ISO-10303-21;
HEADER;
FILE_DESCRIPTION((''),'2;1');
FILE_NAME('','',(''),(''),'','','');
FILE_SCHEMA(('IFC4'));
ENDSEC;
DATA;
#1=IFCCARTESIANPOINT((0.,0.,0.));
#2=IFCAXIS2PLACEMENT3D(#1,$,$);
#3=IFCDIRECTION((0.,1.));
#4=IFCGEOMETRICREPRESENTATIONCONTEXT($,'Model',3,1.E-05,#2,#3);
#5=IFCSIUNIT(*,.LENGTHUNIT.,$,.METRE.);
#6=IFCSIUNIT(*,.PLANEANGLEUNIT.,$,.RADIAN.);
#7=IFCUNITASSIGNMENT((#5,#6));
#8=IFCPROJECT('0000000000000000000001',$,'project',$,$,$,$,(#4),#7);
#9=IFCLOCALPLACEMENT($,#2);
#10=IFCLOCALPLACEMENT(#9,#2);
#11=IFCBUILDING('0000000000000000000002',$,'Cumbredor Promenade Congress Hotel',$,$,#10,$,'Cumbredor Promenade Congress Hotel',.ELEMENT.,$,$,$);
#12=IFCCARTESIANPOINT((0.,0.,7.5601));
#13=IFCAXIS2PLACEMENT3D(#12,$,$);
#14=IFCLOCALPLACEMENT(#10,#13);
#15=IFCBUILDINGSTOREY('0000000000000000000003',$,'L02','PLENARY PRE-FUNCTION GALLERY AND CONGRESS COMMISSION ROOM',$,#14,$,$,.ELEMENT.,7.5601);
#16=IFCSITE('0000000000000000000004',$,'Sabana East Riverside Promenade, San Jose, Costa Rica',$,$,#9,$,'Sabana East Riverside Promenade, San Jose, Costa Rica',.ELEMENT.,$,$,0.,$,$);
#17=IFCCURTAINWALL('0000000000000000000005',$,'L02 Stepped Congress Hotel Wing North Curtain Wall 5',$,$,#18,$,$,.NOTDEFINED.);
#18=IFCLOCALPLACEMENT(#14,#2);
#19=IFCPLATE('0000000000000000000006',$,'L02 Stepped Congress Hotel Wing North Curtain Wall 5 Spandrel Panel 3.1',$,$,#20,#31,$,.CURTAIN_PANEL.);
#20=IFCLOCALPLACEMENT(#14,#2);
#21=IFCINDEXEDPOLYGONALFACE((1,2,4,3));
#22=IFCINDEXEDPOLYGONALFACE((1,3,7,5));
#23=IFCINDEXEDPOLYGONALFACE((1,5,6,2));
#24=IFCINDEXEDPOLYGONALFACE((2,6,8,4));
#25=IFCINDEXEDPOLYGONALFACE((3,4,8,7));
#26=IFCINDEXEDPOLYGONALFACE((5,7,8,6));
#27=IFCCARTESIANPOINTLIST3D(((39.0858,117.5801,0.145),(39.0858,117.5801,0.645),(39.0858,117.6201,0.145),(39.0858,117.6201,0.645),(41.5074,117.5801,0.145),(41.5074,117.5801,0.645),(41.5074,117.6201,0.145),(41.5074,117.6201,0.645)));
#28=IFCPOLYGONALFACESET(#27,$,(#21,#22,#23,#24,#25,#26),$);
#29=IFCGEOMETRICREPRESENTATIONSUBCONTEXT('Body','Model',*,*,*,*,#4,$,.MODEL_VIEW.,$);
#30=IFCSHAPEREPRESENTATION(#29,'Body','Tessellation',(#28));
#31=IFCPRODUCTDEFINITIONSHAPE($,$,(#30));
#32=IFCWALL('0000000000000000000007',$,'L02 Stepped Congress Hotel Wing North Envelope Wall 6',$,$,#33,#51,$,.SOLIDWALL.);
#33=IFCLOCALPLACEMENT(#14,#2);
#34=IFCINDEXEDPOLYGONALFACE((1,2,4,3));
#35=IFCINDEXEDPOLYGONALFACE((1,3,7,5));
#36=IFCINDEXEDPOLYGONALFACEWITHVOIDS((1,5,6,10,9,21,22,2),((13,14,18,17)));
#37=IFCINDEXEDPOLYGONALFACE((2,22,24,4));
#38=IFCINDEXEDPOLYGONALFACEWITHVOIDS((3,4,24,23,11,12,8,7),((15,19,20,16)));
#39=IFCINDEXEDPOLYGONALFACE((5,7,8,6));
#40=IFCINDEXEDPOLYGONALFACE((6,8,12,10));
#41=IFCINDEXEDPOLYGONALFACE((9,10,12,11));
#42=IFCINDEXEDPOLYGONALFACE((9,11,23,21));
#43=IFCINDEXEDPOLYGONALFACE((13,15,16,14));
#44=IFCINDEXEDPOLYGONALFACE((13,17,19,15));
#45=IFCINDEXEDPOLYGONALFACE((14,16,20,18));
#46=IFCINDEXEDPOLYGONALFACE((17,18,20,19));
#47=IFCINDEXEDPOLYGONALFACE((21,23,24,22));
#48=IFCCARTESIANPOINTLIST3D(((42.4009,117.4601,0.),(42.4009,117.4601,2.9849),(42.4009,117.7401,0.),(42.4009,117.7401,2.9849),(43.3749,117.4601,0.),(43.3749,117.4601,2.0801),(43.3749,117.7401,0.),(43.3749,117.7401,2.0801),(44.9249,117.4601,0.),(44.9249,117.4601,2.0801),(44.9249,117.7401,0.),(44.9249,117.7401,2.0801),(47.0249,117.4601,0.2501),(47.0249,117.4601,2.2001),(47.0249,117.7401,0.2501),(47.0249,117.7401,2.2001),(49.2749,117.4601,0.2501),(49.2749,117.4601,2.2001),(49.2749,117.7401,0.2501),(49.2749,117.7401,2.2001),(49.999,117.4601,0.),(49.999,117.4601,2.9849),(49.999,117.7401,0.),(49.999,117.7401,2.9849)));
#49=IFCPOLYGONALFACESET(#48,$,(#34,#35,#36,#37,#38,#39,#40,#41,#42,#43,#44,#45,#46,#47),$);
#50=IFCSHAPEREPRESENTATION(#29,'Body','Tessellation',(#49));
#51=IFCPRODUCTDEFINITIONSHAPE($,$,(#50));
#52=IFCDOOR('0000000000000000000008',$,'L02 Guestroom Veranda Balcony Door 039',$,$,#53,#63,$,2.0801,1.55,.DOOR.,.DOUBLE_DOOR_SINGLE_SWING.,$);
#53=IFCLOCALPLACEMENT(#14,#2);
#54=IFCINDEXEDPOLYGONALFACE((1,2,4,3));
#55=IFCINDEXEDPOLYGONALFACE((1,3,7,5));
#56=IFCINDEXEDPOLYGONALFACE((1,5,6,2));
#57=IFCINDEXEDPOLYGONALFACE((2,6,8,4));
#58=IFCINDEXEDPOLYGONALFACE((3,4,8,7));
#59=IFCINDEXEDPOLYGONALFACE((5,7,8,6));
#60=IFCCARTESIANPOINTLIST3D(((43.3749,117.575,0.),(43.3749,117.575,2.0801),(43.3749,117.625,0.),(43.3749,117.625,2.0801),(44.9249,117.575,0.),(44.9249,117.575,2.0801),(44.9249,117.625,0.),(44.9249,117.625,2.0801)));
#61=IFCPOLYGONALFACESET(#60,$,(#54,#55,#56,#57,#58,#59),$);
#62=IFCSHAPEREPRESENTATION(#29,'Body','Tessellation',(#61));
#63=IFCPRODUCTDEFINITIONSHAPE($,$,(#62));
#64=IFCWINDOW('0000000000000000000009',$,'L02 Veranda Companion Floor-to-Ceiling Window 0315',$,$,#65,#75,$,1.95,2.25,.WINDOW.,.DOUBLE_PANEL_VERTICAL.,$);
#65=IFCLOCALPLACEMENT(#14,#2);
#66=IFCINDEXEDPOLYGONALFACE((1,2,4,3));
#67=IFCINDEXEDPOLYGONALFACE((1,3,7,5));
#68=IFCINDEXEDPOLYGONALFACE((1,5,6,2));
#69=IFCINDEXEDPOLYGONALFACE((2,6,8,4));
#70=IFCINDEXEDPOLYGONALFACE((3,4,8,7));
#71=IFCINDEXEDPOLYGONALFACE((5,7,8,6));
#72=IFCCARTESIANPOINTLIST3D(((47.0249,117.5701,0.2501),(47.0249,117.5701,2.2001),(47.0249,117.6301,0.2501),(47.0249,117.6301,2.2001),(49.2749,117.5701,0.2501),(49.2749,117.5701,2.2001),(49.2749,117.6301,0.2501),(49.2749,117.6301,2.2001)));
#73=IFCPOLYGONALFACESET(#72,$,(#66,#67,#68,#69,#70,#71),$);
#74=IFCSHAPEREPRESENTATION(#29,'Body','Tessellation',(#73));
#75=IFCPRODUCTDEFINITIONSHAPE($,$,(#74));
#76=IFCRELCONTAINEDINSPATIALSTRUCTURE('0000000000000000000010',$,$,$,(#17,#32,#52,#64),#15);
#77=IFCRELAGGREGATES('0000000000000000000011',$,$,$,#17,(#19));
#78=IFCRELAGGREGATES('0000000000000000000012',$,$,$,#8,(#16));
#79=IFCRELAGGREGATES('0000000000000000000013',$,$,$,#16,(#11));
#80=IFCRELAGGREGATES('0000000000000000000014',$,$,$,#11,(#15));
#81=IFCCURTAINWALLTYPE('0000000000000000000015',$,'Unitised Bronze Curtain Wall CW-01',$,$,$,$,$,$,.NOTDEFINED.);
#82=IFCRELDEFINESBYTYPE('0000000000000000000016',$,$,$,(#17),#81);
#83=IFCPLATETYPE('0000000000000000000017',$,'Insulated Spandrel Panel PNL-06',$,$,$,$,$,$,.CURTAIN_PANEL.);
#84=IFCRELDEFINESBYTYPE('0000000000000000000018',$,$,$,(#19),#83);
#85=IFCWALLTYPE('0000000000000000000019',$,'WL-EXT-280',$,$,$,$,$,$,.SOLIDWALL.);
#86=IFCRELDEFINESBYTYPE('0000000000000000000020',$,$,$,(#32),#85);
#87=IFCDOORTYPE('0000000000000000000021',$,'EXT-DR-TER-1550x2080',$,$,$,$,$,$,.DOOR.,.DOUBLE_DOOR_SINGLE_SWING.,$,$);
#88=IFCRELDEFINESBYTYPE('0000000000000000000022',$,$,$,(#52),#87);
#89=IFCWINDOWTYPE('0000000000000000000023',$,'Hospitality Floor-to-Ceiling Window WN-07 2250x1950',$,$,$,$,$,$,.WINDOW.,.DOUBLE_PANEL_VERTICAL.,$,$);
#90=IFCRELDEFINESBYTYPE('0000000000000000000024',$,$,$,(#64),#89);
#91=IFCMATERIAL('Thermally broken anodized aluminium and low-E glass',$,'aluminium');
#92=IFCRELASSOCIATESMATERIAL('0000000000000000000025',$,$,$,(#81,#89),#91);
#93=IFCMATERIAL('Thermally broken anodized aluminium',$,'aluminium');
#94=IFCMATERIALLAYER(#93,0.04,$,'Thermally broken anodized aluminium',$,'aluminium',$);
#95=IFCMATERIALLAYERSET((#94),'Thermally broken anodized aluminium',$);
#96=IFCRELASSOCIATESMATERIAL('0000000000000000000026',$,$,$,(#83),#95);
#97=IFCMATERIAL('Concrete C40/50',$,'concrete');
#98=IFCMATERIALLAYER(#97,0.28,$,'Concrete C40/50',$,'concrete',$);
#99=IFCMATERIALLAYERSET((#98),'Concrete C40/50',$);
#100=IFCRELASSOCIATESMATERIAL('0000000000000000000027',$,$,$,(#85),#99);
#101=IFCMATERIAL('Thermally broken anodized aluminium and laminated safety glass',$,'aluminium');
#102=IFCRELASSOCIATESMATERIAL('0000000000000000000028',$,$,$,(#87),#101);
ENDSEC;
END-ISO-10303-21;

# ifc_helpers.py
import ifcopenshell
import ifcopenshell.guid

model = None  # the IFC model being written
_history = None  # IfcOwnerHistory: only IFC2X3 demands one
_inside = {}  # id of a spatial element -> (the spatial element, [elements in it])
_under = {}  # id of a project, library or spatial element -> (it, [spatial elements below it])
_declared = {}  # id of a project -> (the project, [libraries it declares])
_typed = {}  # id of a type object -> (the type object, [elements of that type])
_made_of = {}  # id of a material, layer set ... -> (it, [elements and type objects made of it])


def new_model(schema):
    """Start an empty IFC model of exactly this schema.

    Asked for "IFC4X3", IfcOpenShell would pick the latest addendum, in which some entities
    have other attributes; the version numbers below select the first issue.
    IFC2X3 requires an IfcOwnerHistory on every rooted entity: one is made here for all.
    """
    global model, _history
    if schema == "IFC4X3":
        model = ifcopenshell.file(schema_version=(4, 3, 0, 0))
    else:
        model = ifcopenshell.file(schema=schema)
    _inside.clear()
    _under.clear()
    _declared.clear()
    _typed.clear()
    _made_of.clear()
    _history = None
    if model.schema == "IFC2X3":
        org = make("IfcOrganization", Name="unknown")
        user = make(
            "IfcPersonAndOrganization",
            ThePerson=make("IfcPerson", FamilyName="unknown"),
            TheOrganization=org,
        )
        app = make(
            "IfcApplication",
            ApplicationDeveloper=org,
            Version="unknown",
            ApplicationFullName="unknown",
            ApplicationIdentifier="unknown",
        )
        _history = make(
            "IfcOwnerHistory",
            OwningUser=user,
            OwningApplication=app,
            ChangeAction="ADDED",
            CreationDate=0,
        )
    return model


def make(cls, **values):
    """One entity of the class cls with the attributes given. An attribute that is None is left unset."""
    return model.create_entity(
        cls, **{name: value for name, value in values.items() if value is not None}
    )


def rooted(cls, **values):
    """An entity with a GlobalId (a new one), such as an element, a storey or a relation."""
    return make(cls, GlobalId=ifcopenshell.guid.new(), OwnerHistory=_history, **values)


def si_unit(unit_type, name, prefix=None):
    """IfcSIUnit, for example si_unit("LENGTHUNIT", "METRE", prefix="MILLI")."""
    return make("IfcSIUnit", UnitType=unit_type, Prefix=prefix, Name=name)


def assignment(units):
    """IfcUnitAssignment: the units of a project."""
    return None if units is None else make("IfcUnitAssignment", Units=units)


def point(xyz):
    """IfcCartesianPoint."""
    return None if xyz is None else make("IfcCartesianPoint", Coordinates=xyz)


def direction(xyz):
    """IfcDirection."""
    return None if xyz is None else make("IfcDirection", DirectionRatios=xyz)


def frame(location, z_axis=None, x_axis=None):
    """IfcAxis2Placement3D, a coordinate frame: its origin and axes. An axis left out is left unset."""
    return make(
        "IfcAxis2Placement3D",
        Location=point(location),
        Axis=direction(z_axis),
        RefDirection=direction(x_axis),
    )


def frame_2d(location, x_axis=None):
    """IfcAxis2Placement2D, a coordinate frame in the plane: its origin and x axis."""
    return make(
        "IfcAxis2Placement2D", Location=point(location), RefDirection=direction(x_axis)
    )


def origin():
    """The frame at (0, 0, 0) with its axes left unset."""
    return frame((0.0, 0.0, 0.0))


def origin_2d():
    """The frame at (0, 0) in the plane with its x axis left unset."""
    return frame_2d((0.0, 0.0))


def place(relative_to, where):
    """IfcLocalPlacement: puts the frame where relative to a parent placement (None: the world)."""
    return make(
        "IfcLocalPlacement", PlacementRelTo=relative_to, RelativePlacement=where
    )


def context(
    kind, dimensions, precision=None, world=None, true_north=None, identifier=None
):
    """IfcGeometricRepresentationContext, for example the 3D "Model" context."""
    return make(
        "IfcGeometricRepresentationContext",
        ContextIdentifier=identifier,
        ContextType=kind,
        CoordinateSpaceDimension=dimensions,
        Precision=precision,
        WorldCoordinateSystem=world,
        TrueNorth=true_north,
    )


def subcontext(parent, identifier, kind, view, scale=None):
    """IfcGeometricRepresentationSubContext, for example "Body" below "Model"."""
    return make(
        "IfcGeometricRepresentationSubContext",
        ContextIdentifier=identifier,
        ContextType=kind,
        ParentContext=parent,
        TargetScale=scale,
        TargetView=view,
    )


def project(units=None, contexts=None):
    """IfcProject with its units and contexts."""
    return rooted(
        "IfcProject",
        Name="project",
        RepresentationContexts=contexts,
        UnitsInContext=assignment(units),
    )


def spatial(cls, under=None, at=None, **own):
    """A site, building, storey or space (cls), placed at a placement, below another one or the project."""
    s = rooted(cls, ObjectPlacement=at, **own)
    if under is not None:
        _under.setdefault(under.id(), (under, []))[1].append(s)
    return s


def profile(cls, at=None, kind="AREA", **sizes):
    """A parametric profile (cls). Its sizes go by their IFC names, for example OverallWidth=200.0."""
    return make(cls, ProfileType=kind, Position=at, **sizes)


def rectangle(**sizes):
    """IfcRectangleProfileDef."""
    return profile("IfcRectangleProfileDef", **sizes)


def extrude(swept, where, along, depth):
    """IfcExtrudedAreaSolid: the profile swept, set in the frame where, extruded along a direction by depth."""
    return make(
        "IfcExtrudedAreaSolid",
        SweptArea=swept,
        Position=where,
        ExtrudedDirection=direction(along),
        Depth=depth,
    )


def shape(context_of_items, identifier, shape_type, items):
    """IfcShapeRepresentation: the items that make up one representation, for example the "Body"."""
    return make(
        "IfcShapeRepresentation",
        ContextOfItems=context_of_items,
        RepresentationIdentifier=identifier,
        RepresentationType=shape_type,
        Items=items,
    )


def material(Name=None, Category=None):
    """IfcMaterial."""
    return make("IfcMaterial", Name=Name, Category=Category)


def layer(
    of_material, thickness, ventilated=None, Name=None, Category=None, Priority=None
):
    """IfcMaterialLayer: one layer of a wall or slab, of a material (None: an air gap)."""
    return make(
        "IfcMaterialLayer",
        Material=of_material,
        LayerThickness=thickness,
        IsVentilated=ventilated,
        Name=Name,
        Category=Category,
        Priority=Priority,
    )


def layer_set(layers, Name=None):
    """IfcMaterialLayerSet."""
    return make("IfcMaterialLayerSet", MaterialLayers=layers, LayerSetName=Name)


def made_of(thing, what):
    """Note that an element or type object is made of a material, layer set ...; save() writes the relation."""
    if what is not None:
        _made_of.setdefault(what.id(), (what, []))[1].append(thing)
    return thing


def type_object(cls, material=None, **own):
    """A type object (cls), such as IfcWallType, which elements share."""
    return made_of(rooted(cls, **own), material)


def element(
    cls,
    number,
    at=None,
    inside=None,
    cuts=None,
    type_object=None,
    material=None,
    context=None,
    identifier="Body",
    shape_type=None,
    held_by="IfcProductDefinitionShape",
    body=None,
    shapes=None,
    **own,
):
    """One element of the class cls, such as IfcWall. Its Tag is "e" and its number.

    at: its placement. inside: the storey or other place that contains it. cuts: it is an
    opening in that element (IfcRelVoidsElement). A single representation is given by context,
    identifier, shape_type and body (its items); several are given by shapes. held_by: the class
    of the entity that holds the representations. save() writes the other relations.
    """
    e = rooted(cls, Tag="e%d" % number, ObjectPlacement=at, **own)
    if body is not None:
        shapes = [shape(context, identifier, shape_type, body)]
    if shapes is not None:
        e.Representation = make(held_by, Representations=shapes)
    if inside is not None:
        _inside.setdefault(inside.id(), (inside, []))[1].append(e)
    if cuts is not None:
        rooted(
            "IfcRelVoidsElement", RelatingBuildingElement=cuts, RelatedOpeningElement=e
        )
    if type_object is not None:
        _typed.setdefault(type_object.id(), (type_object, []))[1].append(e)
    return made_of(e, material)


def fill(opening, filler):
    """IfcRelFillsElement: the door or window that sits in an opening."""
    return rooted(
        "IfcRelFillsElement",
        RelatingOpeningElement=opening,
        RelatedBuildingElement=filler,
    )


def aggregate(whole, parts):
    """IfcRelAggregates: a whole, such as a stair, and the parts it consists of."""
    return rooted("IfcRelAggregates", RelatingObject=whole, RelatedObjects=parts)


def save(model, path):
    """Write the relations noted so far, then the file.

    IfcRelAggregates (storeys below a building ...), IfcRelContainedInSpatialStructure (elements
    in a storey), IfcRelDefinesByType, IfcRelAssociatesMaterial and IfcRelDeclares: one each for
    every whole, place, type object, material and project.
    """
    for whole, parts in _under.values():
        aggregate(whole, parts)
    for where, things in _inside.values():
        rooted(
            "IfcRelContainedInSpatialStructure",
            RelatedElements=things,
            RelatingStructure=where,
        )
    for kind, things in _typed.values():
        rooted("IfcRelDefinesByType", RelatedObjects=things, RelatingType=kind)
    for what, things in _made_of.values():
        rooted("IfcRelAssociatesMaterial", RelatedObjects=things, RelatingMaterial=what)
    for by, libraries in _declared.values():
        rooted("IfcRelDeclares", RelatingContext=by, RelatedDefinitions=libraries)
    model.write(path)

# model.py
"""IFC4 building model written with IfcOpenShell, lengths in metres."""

from ifc_helpers import new_model, si_unit, direction, frame, frame_2d, origin, origin_2d, place, context, subcontext, project, spatial, rectangle, extrude, material, layer, layer_set, type_object, element, fill, aggregate, save


model = new_model("IFC4")

# Units and contexts
model_context = context("Model", 3, precision=1e-05, world=origin(), true_north=direction((0.0, 1.0)))
body_context = subcontext(model_context, "Body", "Model", "MODEL_VIEW")
ifc_project = project(units=[si_unit("LENGTHUNIT", "METRE"), si_unit("PLANEANGLEUNIT", "RADIAN")], contexts=[model_context])

# Site, building, storey
site_placement = place(None, origin())
site = spatial("IfcSite", under=ifc_project, at=site_placement, Name="Sabana East Riverside Promenade, San Jose, Costa Rica", LongName="Sabana East Riverside Promenade, San Jose, Costa Rica", CompositionType="ELEMENT", RefElevation=0.0)
building_placement = place(site_placement, origin())
building = spatial("IfcBuilding", under=site, at=building_placement, Name="Cumbredor Promenade Congress Hotel", LongName="Cumbredor Promenade Congress Hotel", CompositionType="ELEMENT")
storey_placement = place(building_placement, frame((0.0, 0.0, 7.5601)))
storey = spatial("IfcBuildingStorey", under=building, at=storey_placement, Name="L02", Description="PLENARY PRE-FUNCTION GALLERY AND CONGRESS COMMISSION ROOM", CompositionType="ELEMENT", Elevation=7.5601)

# Curtain wall
ifc_material_1 = material(Name="Thermally broken anodized aluminium and low-E glass", Category="aluminium")
curtain_wall_type = type_object("IfcCurtainWallType", Name="Unitised Bronze Curtain Wall CW-01", PredefinedType="NOTDEFINED", material=ifc_material_1)
curtain_wall_placement = place(storey_placement, origin())
curtain_wall = element("IfcCurtainWall", 1, at=curtain_wall_placement, inside=storey, type_object=curtain_wall_type, Name="L02 Stepped Congress Hotel Wing North Curtain Wall 5", PredefinedType="NOTDEFINED")
ifc_material_2 = material(Name="Thermally broken anodized aluminium", Category="aluminium")

# Shared definitions
ifc_material_3 = material(Name="Concrete C40/50", Category="concrete")

# Plate
ifc_layer_1 = layer(ifc_material_2, 0.04, Name="Thermally broken anodized aluminium", Category="aluminium")
ifc_layer_set_1 = layer_set([ifc_layer_1], Name="Thermally broken anodized aluminium")
plate_type_1 = type_object("IfcPlateType", Name="Insulated Spandrel Panel PNL-06", PredefinedType="CURTAIN_PANEL", material=ifc_layer_set_1)
plate_1_placement = place(storey_placement, frame((40.2966, 117.6001, 0.145), z_axis=(0.0, 0.0, 1.0), x_axis=(1.0, 0.0, 0.0)))
plate_1 = element("IfcPlate", 2, at=plate_1_placement, type_object=plate_type_1, Name="L02 Stepped Congress Hotel Wing North Curtain Wall 5 Spandrel Panel 3.1", PredefinedType="CURTAIN_PANEL", context=body_context, shape_type="SweptSolid", body=[
    extrude(rectangle(XDim=2.4216, YDim=0.04, at=origin_2d()), origin(), (0.0, 0.0, 1.0), 0.5),
])
aggregate(curtain_wall, [plate_1])

# Wall, openings, door, window
ifc_layer_2 = layer(ifc_material_3, 0.28, Name="Concrete C40/50", Category="concrete")
ifc_layer_set_2 = layer_set([ifc_layer_2], Name="Concrete C40/50")
wall_type = type_object("IfcWallType", Name="WL-EXT-280", PredefinedType="SOLIDWALL", material=ifc_layer_set_2)
wall_placement = place(storey_placement, frame((42.4009, 117.6001, 0.0), z_axis=(0.0, 0.0, 1.0), x_axis=(1.0, 0.0, 0.0)))
wall = element("IfcWall", 3, at=wall_placement, inside=storey, type_object=wall_type, Name="L02 Stepped Congress Hotel Wing North Envelope Wall 6", PredefinedType="SOLIDWALL", context=body_context, shape_type="SweptSolid", body=[
    extrude(rectangle(XDim=7.5981, YDim=0.28, at=frame_2d((3.7991, 0.0))), origin(), (0.0, 0.0, 1.0), 2.9849),
])
opening_1_placement = place(wall_placement, frame((0.9741, 0.0, 0.0)))
opening_1 = element("IfcOpeningElement", 4, at=opening_1_placement, cuts=wall, PredefinedType="OPENING", context=body_context, shape_type="SweptSolid", body=[
    extrude(rectangle(XDim=1.55, YDim=2.0801, at=frame_2d((0.7749, 1.04))), frame((0.0, 0.1499, 0.0), z_axis=(0.0, -1.0, 0.0), x_axis=(1.0, 0.0, 0.0)), (0.0, 0.0, 1.0), 0.3),
])
opening_2_placement = place(wall_placement, frame((4.624, 0.0, 0.25)))
opening_2 = element("IfcOpeningElement", 5, at=opening_2_placement, cuts=wall, PredefinedType="OPENING", context=body_context, shape_type="SweptSolid", body=[
    extrude(rectangle(XDim=2.25, YDim=1.95, at=frame_2d((1.125, 0.9751))), frame((0.0, 0.1499, 0.0), z_axis=(0.0, -1.0, 0.0), x_axis=(1.0, 0.0, 0.0)), (0.0, 0.0, 1.0), 0.3),
])
ifc_material_4 = material(Name="Thermally broken anodized aluminium and laminated safety glass", Category="aluminium")
door_type = type_object("IfcDoorType", Name="EXT-DR-TER-1550x2080", OperationType="DOUBLE_DOOR_SINGLE_SWING", PredefinedType="DOOR", material=ifc_material_4)
door_placement = place(opening_1_placement, origin())
door = element("IfcDoor", 6, at=door_placement, inside=storey, type_object=door_type, Name="L02 Guestroom Veranda Balcony Door 039", OperationType="DOUBLE_DOOR_SINGLE_SWING", OverallHeight=2.0801, OverallWidth=1.55, PredefinedType="DOOR", context=body_context, shape_type="SweptSolid", body=[
    extrude(rectangle(XDim=1.55, YDim=2.0801, at=frame_2d((0.7749, 1.04))), frame((0.0, 0.0249, 0.0), z_axis=(0.0, -1.0, 0.0), x_axis=(1.0, 0.0, 0.0)), (0.0, 0.0, 1.0), 0.05),
])
fill(opening_1, door)
window_type = type_object("IfcWindowType", Name="Hospitality Floor-to-Ceiling Window WN-07 2250x1950", PartitioningType="DOUBLE_PANEL_VERTICAL", PredefinedType="WINDOW", material=ifc_material_1)
window_placement = place(opening_2_placement, origin())
window = element("IfcWindow", 7, at=window_placement, inside=storey, type_object=window_type, Name="L02 Veranda Companion Floor-to-Ceiling Window 0315", OverallHeight=1.95, OverallWidth=2.25, PartitioningType="DOUBLE_PANEL_VERTICAL", PredefinedType="WINDOW", context=body_context, shape_type="SweptSolid", body=[
    extrude(rectangle(XDim=2.25, YDim=1.95, at=frame_2d((1.125, 0.9751))), frame((0.0, 0.03, 0.0), z_axis=(0.0, -1.0, 0.0), x_axis=(1.0, 0.0, 0.0)), (0.0, 0.0, 1.0), 0.0601),
])
fill(opening_2, window)

save(model, "model.ifc")
